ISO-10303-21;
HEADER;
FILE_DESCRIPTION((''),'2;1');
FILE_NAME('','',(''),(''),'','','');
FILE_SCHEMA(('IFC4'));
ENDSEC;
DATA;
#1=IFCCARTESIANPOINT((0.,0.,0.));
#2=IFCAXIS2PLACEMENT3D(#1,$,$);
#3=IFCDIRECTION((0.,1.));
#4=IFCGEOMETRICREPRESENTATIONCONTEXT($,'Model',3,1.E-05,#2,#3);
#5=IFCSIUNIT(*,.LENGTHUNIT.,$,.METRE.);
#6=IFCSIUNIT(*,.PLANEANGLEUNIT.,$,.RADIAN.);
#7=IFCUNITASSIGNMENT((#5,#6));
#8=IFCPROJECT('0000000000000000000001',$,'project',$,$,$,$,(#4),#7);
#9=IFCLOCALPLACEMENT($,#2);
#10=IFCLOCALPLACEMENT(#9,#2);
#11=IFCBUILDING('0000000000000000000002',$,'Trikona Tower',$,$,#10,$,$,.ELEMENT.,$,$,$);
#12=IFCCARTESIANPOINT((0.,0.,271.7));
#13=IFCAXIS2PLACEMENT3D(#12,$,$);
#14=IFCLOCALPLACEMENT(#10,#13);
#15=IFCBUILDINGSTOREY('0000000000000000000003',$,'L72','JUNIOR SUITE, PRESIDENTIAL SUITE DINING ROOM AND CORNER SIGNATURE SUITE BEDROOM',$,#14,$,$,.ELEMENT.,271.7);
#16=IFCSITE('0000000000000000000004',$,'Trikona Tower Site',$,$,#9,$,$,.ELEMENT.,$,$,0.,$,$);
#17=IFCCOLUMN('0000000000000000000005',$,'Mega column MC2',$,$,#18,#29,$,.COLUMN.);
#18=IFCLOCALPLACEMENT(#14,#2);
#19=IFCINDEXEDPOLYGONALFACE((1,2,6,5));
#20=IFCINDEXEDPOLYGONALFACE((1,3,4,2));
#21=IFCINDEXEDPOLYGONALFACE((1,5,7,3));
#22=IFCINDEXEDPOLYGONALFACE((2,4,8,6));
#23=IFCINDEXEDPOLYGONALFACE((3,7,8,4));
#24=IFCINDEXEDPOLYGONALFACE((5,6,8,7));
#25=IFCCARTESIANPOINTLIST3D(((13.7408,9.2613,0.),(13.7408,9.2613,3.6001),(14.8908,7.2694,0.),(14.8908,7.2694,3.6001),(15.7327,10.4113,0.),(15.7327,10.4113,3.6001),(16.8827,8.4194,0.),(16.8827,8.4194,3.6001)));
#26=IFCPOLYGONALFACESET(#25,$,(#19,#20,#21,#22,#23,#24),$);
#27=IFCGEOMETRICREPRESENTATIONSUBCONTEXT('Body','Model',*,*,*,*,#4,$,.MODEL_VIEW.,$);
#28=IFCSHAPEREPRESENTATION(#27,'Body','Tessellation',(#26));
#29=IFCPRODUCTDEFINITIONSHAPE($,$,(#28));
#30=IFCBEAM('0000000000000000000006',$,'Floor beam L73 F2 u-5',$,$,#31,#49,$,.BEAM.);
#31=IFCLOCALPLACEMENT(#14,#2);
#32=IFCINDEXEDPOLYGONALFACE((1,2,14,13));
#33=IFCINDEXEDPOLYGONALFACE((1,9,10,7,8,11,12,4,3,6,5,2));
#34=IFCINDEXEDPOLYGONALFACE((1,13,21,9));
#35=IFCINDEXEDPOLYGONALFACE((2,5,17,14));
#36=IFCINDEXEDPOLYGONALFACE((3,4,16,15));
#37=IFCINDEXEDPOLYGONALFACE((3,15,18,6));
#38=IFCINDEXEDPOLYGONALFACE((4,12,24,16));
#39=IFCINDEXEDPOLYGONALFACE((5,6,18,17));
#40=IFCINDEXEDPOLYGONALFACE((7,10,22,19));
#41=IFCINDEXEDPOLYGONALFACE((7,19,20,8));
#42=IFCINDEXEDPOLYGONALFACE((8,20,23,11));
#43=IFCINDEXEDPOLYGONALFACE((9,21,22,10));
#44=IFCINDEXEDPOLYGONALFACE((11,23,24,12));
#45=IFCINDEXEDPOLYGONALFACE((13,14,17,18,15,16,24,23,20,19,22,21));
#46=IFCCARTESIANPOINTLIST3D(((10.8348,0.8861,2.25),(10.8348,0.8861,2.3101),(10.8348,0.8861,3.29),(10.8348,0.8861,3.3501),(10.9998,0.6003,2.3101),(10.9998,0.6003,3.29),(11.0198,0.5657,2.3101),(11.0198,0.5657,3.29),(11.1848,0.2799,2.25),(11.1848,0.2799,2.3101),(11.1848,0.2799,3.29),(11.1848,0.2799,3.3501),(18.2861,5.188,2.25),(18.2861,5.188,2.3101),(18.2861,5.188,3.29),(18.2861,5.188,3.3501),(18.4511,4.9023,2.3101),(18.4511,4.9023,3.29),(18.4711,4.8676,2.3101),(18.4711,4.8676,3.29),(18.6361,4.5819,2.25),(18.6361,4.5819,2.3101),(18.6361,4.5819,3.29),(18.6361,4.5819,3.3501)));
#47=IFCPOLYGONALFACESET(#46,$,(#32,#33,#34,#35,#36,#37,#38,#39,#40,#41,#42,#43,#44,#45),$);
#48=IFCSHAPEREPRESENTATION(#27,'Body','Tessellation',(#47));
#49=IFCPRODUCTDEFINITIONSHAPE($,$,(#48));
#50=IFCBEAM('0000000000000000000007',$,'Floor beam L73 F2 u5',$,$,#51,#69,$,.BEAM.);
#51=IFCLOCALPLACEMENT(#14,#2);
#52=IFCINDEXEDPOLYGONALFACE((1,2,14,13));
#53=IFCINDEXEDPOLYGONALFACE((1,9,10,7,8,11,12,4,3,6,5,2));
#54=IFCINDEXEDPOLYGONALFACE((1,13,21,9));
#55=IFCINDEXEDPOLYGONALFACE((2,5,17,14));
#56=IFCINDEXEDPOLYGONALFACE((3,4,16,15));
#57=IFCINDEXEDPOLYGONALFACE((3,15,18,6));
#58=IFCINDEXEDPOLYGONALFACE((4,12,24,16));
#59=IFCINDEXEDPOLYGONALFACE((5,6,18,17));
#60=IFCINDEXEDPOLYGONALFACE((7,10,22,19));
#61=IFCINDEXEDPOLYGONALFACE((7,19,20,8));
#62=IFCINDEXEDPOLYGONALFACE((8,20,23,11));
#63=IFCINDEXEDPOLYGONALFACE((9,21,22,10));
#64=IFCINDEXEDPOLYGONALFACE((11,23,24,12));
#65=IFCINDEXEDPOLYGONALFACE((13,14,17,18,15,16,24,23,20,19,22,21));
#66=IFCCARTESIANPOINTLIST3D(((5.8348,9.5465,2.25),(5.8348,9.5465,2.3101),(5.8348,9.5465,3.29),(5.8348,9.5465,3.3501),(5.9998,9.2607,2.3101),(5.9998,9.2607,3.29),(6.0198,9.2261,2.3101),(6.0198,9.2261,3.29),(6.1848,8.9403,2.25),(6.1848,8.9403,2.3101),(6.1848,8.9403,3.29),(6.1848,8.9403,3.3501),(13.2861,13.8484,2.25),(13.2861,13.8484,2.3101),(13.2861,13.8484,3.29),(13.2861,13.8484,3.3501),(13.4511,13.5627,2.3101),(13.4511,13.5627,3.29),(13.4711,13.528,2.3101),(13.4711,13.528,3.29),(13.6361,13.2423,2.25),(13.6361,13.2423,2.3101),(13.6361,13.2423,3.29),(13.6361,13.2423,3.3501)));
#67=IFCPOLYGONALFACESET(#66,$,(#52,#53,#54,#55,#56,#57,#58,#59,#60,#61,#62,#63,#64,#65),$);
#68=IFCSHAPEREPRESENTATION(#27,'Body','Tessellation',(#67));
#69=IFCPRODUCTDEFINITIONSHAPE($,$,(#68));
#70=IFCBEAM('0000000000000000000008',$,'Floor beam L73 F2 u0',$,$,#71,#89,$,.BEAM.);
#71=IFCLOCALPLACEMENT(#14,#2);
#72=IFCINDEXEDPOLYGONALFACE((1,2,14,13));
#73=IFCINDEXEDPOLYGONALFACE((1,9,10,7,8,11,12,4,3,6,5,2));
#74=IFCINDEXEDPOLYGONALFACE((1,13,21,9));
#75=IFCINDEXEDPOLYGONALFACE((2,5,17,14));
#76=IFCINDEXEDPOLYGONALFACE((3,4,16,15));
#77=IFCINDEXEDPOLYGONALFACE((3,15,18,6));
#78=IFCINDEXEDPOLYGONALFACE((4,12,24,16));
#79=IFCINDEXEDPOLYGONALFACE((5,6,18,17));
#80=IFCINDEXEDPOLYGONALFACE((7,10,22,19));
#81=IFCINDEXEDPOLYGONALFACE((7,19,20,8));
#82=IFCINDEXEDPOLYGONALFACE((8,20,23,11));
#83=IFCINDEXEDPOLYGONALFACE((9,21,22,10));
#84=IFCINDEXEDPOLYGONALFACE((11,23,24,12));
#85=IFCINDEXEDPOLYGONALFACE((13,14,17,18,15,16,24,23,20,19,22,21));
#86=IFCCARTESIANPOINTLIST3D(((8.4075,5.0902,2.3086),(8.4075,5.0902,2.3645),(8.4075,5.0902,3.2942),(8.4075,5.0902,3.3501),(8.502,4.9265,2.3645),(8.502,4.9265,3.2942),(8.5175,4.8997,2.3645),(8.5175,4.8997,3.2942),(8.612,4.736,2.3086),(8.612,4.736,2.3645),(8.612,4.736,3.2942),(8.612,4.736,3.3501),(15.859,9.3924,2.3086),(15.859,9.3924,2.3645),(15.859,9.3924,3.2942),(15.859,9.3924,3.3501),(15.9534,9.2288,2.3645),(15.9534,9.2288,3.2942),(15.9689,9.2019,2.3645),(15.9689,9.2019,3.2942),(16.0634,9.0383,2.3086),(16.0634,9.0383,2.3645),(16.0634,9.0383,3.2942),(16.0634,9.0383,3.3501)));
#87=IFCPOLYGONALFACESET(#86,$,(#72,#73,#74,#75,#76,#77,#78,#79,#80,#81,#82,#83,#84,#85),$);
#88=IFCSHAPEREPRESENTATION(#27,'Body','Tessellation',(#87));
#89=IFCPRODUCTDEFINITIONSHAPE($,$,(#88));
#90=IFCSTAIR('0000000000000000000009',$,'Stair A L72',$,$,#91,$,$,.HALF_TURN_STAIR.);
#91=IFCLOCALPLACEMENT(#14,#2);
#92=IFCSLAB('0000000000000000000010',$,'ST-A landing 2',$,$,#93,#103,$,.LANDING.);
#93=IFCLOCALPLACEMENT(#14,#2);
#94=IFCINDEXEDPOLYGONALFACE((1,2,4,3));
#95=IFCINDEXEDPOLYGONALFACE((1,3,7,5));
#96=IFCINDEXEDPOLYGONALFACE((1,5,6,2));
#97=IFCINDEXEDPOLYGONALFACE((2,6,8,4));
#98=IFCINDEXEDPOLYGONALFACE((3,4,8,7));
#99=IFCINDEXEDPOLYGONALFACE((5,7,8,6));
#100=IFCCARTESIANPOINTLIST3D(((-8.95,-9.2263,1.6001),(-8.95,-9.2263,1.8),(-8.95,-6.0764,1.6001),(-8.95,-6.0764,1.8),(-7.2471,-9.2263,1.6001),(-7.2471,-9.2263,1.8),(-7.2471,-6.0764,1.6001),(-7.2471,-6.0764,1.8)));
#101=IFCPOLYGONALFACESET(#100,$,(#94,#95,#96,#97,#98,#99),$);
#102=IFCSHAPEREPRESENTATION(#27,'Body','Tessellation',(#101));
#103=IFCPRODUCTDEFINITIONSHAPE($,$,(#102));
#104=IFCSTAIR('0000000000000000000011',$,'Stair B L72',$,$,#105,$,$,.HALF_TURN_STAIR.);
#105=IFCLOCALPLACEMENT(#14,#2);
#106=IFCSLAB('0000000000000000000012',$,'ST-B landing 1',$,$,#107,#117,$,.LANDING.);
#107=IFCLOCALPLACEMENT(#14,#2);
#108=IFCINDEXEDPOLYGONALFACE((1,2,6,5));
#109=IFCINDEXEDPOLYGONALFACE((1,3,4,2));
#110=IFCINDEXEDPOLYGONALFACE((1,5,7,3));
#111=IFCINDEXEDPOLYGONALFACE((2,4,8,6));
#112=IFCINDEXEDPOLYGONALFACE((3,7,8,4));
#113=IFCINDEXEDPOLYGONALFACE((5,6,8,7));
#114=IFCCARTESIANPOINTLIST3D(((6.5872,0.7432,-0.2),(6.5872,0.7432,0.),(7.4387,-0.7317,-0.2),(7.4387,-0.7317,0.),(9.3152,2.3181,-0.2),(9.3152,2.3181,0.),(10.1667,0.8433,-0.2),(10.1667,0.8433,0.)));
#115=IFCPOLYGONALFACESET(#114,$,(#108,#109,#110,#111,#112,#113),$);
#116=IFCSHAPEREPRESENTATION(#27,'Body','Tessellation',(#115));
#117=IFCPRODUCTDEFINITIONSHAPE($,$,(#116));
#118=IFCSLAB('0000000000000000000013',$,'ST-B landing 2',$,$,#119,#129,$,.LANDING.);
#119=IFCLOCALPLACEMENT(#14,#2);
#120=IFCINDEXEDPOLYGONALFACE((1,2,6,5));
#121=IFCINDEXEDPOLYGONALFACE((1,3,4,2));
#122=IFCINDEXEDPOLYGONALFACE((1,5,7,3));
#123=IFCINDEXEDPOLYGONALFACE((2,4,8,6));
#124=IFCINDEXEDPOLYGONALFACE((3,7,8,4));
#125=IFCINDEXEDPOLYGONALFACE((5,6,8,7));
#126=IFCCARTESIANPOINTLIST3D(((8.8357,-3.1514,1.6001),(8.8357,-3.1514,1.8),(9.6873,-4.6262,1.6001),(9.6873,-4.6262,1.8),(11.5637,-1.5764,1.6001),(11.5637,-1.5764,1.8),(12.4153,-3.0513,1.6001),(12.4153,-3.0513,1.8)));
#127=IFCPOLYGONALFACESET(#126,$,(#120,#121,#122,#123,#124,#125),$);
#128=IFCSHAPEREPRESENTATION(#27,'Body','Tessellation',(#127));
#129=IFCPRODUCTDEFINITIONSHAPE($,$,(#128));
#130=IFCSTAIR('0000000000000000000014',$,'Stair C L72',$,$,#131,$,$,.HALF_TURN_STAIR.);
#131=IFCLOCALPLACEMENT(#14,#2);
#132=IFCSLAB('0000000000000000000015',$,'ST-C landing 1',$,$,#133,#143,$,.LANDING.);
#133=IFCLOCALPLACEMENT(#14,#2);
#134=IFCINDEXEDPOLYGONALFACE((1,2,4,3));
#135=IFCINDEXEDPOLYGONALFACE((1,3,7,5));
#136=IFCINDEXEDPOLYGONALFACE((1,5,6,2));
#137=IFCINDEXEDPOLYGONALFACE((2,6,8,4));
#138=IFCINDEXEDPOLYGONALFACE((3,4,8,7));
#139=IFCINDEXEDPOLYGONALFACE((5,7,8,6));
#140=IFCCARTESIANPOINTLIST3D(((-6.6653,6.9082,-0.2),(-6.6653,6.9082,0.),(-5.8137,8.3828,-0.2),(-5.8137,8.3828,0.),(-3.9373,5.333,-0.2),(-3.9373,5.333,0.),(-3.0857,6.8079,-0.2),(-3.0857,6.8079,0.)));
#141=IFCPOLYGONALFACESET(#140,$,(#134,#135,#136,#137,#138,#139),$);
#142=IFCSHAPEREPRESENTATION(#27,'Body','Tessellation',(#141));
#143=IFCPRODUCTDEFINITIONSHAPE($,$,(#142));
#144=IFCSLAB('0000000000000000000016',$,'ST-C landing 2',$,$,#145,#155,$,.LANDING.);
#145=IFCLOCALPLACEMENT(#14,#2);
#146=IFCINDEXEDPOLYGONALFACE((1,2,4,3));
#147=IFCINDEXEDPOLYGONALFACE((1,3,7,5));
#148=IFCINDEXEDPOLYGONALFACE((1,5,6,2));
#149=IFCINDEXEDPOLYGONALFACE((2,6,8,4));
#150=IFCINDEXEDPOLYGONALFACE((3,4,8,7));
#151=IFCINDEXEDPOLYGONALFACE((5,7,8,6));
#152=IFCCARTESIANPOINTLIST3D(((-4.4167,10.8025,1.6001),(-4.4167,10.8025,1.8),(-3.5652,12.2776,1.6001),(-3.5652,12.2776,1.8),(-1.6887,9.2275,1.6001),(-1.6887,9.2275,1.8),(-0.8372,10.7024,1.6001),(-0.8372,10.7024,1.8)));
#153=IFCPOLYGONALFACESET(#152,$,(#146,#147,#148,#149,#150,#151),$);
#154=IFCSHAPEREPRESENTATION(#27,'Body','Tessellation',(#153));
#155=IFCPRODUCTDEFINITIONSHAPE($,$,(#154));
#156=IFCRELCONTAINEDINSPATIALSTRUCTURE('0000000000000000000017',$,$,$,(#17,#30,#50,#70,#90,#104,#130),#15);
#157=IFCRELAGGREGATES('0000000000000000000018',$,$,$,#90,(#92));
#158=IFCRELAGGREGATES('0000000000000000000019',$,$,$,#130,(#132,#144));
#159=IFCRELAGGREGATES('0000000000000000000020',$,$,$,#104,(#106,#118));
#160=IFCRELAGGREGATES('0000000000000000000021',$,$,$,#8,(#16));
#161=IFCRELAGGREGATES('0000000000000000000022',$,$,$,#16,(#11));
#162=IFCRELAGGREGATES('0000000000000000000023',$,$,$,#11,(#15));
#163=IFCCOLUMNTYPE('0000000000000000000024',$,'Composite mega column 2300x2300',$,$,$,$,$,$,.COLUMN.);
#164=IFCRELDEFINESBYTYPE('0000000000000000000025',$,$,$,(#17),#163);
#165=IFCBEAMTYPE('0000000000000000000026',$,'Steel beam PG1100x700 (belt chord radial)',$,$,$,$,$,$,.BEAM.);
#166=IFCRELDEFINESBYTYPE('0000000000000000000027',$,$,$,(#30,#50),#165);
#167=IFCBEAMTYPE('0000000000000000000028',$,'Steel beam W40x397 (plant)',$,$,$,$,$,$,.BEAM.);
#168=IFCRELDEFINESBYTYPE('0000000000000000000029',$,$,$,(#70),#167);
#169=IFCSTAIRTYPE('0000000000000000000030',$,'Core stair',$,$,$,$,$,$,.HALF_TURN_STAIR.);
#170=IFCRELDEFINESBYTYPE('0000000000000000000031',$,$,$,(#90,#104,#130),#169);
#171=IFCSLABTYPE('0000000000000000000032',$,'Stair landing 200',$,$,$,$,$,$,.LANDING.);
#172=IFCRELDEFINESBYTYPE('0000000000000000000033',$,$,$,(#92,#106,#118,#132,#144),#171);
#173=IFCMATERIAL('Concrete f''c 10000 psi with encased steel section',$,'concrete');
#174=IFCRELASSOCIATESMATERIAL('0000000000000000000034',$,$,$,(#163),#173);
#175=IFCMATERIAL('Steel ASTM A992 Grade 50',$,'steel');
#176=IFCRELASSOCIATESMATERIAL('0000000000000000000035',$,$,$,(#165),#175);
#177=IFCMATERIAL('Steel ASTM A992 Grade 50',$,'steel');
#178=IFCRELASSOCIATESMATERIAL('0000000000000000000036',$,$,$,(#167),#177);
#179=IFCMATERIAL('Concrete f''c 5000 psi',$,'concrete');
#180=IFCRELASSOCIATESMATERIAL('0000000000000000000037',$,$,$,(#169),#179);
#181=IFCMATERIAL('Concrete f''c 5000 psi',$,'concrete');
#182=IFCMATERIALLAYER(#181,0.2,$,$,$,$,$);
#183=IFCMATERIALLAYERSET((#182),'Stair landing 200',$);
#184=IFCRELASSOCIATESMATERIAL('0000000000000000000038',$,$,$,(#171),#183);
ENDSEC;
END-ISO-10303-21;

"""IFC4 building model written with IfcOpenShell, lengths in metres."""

from ifc_helpers import new_model, si_unit, direction, frame, origin, origin_2d, place, context, subcontext, project, spatial, polyline, rectangle, i_section, outline, extrude, material, layer, layer_set, material_profile, profile_set, type_object, element, aggregate, save


model = new_model("IFC4")

# Units and contexts
model_context = context("Model", 3, precision=1e-05, world=origin(), true_north=direction((0.0, 1.0)))
body_context = subcontext(model_context, "Body", "Model", "MODEL_VIEW")
ifc_project = project(units=[si_unit("LENGTHUNIT", "METRE"), si_unit("PLANEANGLEUNIT", "RADIAN")], contexts=[model_context])

# Site, building, storey
site_placement = place(None, origin())
site = spatial("IfcSite", under=ifc_project, at=site_placement, Name="Trikona Tower Site", CompositionType="ELEMENT", RefElevation=0.0)
building_placement = place(site_placement, origin())
building = spatial("IfcBuilding", under=site, at=building_placement, Name="Trikona Tower", CompositionType="ELEMENT")
storey_placement = place(building_placement, frame((0.0, 0.0, 271.7)))
storey = spatial("IfcBuildingStorey", under=building, at=storey_placement, Name="L72", Description="JUNIOR SUITE, PRESIDENTIAL SUITE DINING ROOM AND CORNER SIGNATURE SUITE BEDROOM", CompositionType="ELEMENT", Elevation=271.7)

# Column
ifc_material_1 = material(Name="Concrete f'c 10000 psi with encased steel section", Category="concrete")
ifc_material_profile_1 = material_profile(ifc_material_1, rectangle(XDim=2.3, YDim=2.3, at=origin_2d()), Name="MC2300")
ifc_profile_set_1 = profile_set([ifc_material_profile_1], Name="Concrete f'c 10000 psi with encased steel section")
column_type = type_object("IfcColumnType", Name="Composite mega column 2300x2300", PredefinedType="COLUMN", material=ifc_profile_set_1)
column_placement = place(storey_placement, frame((15.3118, 8.8403, 0.0), z_axis=(0.0, 0.0, 1.0), x_axis=(0.866025, 0.5, 0.0)))
element("IfcColumn", 1, at=column_placement, inside=storey, type_object=column_type, Name="Mega column MC2", PredefinedType="COLUMN", context=body_context, shape_type="SweptSolid", body=[
    extrude(rectangle(XDim=2.3, YDim=2.3, at=origin_2d()), origin(), (0.0, 0.0, 1.0), 3.6001),
])

# Beams
ifc_material_2 = material(Name="Steel ASTM A992 Grade 50", Category="steel")
ifc_material_profile_2 = material_profile(ifc_material_2, i_section(OverallWidth=0.7, OverallDepth=1.1001, WebThickness=0.04, FlangeThickness=0.0601, at=origin_2d()), Name="PG1100X700")
ifc_profile_set_2 = profile_set([ifc_material_profile_2], Name="Steel ASTM A992 Grade 50")
beam_type_1 = type_object("IfcBeamType", Name="Steel beam PG1100x700 (belt chord radial)", PredefinedType="BEAM", material=ifc_profile_set_2)
for number, where, z_axis, x_axis, name in (
    (2, (11.0098, 0.583, 2.8), (0.866029, 0.499993, 0.0), (-0.499993, 0.866029, 0.0), "Floor beam L73 F2 u-5"),
    (3, (6.0098, 9.2434, 2.8), (0.866029, 0.499993, 0.0), (-0.499993, 0.866029, 0.0), "Floor beam L73 F2 u5"),
):
    element("IfcBeam", number, at=place(storey_placement, frame(where, z_axis=z_axis, x_axis=x_axis)), inside=storey, type_object=beam_type_1, Name=name, PredefinedType="BEAM", context=body_context, shape_type="SweptSolid", body=[
        extrude(i_section(OverallWidth=0.7, OverallDepth=1.1001, WebThickness=0.04, FlangeThickness=0.0601, at=origin_2d()), origin(), (0.0, 0.0, 1.0), 8.604),
    ])
ifc_material_3 = material(Name="Steel ASTM A992 Grade 50", Category="steel")
ifc_material_profile_3 = material_profile(ifc_material_3, i_section(OverallWidth=0.4089, OverallDepth=1.0415, WebThickness=0.031, FlangeThickness=0.0559, at=origin_2d()), Name="W40X397")
ifc_profile_set_3 = profile_set([ifc_material_profile_3], Name="Steel ASTM A992 Grade 50")
beam_type_2 = type_object("IfcBeamType", Name="Steel beam W40x397 (plant)", PredefinedType="BEAM", material=ifc_profile_set_3)
beam_placement = place(storey_placement, frame((8.5098, 4.9131, 2.8293), z_axis=(0.866017, 0.500015, 0.0), x_axis=(-0.500015, 0.866017, 0.0)))
element("IfcBeam", 4, at=beam_placement, inside=storey, type_object=beam_type_2, Name="Floor beam L73 F2 u0", PredefinedType="BEAM", context=body_context, shape_type="SweptSolid", body=[
    extrude(i_section(OverallWidth=0.4089, OverallDepth=1.0415, WebThickness=0.031, FlangeThickness=0.0559, at=origin_2d()), origin(), (0.0, 0.0, 1.0), 8.6042),
])

# Stair, slab
ifc_material_4 = material(Name="Concrete f'c 5000 psi", Category="concrete")
stair_type = type_object("IfcStairType", Name="Core stair", PredefinedType="HALF_TURN_STAIR", material=ifc_material_4)
stair_1_placement = place(storey_placement, origin())
stair_1 = element("IfcStair", 5, at=stair_1_placement, inside=storey, type_object=stair_type, Name="Stair A L72", PredefinedType="HALF_TURN_STAIR")
ifc_material_5 = material(Name="Concrete f'c 5000 psi", Category="concrete")
ifc_layer_1 = layer(ifc_material_5, 0.2)
ifc_layer_set_1 = layer_set([ifc_layer_1], Name="Stair landing 200")
slab_type = type_object("IfcSlabType", Name="Stair landing 200", PredefinedType="LANDING", material=ifc_layer_set_1)
slab_1_placement = place(storey_placement, frame((0.0, 0.0, 1.6001)))
slab_1 = element("IfcSlab", 6, at=slab_1_placement, type_object=slab_type, Name="ST-A landing 2", PredefinedType="LANDING", context=body_context, shape_type="SweptSolid", body=[
    extrude(outline(polyline([(-8.95, -6.0764), (-7.2471, -6.0764), (-7.2471, -9.2263), (-8.95, -9.2263), (-8.95, -6.0764)])), origin(), (0.0, 0.0, 1.0), 0.2),
])
aggregate(stair_1, [slab_1])

# Stairs, slabs
stair_2_placement = place(storey_placement, origin())
stair_2 = element("IfcStair", 7, at=stair_2_placement, inside=storey, type_object=stair_type, Name="Stair B L72", PredefinedType="HALF_TURN_STAIR")
slab_2_placement = place(storey_placement, frame((0.0, 0.0, -0.2)))
slab_2 = element("IfcSlab", 8, at=slab_2_placement, type_object=slab_type, Name="ST-B landing 1", PredefinedType="LANDING", context=body_context, shape_type="SweptSolid", body=[
    extrude(outline(polyline([(7.4387, -0.7317), (6.5872, 0.7432), (9.3152, 2.3181), (10.1667, 0.8433), (7.4387, -0.7317)])), origin(), (0.0, 0.0, 1.0), 0.2),
])
slab_3_placement = place(storey_placement, frame((0.0, 0.0, 1.6001)))
slab_3 = element("IfcSlab", 9, at=slab_3_placement, type_object=slab_type, Name="ST-B landing 2", PredefinedType="LANDING", context=body_context, shape_type="SweptSolid", body=[
    extrude(outline(polyline([(9.6873, -4.6262), (8.8357, -3.1514), (11.5637, -1.5764), (12.4153, -3.0513), (9.6873, -4.6262)])), origin(), (0.0, 0.0, 1.0), 0.2),
])
stair_3_placement = place(storey_placement, origin())
stair_3 = element("IfcStair", 10, at=stair_3_placement, inside=storey, type_object=stair_type, Name="Stair C L72", PredefinedType="HALF_TURN_STAIR")
slab_4_placement = place(storey_placement, frame((0.0, 0.0, -0.2)))
slab_4 = element("IfcSlab", 11, at=slab_4_placement, type_object=slab_type, Name="ST-C landing 1", PredefinedType="LANDING", context=body_context, shape_type="SweptSolid", body=[
    extrude(outline(polyline([(-3.0857, 6.8079), (-3.9373, 5.333), (-6.6653, 6.9082), (-5.8137, 8.3828), (-3.0857, 6.8079)])), origin(), (0.0, 0.0, 1.0), 0.2),
])
slab_5_placement = place(storey_placement, frame((0.0, 0.0, 1.6001)))
slab_5 = element("IfcSlab", 12, at=slab_5_placement, type_object=slab_type, Name="ST-C landing 2", PredefinedType="LANDING", context=body_context, shape_type="SweptSolid", body=[
    extrude(outline(polyline([(-0.8372, 10.7024), (-1.6887, 9.2275), (-4.4167, 10.8025), (-3.5652, 12.2776), (-0.8372, 10.7024)])), origin(), (0.0, 0.0, 1.0), 0.2),
])
aggregate(stair_3, [slab_4, slab_5])

aggregate(stair_2, [slab_2, slab_3])

save(model, "model.ifc")
